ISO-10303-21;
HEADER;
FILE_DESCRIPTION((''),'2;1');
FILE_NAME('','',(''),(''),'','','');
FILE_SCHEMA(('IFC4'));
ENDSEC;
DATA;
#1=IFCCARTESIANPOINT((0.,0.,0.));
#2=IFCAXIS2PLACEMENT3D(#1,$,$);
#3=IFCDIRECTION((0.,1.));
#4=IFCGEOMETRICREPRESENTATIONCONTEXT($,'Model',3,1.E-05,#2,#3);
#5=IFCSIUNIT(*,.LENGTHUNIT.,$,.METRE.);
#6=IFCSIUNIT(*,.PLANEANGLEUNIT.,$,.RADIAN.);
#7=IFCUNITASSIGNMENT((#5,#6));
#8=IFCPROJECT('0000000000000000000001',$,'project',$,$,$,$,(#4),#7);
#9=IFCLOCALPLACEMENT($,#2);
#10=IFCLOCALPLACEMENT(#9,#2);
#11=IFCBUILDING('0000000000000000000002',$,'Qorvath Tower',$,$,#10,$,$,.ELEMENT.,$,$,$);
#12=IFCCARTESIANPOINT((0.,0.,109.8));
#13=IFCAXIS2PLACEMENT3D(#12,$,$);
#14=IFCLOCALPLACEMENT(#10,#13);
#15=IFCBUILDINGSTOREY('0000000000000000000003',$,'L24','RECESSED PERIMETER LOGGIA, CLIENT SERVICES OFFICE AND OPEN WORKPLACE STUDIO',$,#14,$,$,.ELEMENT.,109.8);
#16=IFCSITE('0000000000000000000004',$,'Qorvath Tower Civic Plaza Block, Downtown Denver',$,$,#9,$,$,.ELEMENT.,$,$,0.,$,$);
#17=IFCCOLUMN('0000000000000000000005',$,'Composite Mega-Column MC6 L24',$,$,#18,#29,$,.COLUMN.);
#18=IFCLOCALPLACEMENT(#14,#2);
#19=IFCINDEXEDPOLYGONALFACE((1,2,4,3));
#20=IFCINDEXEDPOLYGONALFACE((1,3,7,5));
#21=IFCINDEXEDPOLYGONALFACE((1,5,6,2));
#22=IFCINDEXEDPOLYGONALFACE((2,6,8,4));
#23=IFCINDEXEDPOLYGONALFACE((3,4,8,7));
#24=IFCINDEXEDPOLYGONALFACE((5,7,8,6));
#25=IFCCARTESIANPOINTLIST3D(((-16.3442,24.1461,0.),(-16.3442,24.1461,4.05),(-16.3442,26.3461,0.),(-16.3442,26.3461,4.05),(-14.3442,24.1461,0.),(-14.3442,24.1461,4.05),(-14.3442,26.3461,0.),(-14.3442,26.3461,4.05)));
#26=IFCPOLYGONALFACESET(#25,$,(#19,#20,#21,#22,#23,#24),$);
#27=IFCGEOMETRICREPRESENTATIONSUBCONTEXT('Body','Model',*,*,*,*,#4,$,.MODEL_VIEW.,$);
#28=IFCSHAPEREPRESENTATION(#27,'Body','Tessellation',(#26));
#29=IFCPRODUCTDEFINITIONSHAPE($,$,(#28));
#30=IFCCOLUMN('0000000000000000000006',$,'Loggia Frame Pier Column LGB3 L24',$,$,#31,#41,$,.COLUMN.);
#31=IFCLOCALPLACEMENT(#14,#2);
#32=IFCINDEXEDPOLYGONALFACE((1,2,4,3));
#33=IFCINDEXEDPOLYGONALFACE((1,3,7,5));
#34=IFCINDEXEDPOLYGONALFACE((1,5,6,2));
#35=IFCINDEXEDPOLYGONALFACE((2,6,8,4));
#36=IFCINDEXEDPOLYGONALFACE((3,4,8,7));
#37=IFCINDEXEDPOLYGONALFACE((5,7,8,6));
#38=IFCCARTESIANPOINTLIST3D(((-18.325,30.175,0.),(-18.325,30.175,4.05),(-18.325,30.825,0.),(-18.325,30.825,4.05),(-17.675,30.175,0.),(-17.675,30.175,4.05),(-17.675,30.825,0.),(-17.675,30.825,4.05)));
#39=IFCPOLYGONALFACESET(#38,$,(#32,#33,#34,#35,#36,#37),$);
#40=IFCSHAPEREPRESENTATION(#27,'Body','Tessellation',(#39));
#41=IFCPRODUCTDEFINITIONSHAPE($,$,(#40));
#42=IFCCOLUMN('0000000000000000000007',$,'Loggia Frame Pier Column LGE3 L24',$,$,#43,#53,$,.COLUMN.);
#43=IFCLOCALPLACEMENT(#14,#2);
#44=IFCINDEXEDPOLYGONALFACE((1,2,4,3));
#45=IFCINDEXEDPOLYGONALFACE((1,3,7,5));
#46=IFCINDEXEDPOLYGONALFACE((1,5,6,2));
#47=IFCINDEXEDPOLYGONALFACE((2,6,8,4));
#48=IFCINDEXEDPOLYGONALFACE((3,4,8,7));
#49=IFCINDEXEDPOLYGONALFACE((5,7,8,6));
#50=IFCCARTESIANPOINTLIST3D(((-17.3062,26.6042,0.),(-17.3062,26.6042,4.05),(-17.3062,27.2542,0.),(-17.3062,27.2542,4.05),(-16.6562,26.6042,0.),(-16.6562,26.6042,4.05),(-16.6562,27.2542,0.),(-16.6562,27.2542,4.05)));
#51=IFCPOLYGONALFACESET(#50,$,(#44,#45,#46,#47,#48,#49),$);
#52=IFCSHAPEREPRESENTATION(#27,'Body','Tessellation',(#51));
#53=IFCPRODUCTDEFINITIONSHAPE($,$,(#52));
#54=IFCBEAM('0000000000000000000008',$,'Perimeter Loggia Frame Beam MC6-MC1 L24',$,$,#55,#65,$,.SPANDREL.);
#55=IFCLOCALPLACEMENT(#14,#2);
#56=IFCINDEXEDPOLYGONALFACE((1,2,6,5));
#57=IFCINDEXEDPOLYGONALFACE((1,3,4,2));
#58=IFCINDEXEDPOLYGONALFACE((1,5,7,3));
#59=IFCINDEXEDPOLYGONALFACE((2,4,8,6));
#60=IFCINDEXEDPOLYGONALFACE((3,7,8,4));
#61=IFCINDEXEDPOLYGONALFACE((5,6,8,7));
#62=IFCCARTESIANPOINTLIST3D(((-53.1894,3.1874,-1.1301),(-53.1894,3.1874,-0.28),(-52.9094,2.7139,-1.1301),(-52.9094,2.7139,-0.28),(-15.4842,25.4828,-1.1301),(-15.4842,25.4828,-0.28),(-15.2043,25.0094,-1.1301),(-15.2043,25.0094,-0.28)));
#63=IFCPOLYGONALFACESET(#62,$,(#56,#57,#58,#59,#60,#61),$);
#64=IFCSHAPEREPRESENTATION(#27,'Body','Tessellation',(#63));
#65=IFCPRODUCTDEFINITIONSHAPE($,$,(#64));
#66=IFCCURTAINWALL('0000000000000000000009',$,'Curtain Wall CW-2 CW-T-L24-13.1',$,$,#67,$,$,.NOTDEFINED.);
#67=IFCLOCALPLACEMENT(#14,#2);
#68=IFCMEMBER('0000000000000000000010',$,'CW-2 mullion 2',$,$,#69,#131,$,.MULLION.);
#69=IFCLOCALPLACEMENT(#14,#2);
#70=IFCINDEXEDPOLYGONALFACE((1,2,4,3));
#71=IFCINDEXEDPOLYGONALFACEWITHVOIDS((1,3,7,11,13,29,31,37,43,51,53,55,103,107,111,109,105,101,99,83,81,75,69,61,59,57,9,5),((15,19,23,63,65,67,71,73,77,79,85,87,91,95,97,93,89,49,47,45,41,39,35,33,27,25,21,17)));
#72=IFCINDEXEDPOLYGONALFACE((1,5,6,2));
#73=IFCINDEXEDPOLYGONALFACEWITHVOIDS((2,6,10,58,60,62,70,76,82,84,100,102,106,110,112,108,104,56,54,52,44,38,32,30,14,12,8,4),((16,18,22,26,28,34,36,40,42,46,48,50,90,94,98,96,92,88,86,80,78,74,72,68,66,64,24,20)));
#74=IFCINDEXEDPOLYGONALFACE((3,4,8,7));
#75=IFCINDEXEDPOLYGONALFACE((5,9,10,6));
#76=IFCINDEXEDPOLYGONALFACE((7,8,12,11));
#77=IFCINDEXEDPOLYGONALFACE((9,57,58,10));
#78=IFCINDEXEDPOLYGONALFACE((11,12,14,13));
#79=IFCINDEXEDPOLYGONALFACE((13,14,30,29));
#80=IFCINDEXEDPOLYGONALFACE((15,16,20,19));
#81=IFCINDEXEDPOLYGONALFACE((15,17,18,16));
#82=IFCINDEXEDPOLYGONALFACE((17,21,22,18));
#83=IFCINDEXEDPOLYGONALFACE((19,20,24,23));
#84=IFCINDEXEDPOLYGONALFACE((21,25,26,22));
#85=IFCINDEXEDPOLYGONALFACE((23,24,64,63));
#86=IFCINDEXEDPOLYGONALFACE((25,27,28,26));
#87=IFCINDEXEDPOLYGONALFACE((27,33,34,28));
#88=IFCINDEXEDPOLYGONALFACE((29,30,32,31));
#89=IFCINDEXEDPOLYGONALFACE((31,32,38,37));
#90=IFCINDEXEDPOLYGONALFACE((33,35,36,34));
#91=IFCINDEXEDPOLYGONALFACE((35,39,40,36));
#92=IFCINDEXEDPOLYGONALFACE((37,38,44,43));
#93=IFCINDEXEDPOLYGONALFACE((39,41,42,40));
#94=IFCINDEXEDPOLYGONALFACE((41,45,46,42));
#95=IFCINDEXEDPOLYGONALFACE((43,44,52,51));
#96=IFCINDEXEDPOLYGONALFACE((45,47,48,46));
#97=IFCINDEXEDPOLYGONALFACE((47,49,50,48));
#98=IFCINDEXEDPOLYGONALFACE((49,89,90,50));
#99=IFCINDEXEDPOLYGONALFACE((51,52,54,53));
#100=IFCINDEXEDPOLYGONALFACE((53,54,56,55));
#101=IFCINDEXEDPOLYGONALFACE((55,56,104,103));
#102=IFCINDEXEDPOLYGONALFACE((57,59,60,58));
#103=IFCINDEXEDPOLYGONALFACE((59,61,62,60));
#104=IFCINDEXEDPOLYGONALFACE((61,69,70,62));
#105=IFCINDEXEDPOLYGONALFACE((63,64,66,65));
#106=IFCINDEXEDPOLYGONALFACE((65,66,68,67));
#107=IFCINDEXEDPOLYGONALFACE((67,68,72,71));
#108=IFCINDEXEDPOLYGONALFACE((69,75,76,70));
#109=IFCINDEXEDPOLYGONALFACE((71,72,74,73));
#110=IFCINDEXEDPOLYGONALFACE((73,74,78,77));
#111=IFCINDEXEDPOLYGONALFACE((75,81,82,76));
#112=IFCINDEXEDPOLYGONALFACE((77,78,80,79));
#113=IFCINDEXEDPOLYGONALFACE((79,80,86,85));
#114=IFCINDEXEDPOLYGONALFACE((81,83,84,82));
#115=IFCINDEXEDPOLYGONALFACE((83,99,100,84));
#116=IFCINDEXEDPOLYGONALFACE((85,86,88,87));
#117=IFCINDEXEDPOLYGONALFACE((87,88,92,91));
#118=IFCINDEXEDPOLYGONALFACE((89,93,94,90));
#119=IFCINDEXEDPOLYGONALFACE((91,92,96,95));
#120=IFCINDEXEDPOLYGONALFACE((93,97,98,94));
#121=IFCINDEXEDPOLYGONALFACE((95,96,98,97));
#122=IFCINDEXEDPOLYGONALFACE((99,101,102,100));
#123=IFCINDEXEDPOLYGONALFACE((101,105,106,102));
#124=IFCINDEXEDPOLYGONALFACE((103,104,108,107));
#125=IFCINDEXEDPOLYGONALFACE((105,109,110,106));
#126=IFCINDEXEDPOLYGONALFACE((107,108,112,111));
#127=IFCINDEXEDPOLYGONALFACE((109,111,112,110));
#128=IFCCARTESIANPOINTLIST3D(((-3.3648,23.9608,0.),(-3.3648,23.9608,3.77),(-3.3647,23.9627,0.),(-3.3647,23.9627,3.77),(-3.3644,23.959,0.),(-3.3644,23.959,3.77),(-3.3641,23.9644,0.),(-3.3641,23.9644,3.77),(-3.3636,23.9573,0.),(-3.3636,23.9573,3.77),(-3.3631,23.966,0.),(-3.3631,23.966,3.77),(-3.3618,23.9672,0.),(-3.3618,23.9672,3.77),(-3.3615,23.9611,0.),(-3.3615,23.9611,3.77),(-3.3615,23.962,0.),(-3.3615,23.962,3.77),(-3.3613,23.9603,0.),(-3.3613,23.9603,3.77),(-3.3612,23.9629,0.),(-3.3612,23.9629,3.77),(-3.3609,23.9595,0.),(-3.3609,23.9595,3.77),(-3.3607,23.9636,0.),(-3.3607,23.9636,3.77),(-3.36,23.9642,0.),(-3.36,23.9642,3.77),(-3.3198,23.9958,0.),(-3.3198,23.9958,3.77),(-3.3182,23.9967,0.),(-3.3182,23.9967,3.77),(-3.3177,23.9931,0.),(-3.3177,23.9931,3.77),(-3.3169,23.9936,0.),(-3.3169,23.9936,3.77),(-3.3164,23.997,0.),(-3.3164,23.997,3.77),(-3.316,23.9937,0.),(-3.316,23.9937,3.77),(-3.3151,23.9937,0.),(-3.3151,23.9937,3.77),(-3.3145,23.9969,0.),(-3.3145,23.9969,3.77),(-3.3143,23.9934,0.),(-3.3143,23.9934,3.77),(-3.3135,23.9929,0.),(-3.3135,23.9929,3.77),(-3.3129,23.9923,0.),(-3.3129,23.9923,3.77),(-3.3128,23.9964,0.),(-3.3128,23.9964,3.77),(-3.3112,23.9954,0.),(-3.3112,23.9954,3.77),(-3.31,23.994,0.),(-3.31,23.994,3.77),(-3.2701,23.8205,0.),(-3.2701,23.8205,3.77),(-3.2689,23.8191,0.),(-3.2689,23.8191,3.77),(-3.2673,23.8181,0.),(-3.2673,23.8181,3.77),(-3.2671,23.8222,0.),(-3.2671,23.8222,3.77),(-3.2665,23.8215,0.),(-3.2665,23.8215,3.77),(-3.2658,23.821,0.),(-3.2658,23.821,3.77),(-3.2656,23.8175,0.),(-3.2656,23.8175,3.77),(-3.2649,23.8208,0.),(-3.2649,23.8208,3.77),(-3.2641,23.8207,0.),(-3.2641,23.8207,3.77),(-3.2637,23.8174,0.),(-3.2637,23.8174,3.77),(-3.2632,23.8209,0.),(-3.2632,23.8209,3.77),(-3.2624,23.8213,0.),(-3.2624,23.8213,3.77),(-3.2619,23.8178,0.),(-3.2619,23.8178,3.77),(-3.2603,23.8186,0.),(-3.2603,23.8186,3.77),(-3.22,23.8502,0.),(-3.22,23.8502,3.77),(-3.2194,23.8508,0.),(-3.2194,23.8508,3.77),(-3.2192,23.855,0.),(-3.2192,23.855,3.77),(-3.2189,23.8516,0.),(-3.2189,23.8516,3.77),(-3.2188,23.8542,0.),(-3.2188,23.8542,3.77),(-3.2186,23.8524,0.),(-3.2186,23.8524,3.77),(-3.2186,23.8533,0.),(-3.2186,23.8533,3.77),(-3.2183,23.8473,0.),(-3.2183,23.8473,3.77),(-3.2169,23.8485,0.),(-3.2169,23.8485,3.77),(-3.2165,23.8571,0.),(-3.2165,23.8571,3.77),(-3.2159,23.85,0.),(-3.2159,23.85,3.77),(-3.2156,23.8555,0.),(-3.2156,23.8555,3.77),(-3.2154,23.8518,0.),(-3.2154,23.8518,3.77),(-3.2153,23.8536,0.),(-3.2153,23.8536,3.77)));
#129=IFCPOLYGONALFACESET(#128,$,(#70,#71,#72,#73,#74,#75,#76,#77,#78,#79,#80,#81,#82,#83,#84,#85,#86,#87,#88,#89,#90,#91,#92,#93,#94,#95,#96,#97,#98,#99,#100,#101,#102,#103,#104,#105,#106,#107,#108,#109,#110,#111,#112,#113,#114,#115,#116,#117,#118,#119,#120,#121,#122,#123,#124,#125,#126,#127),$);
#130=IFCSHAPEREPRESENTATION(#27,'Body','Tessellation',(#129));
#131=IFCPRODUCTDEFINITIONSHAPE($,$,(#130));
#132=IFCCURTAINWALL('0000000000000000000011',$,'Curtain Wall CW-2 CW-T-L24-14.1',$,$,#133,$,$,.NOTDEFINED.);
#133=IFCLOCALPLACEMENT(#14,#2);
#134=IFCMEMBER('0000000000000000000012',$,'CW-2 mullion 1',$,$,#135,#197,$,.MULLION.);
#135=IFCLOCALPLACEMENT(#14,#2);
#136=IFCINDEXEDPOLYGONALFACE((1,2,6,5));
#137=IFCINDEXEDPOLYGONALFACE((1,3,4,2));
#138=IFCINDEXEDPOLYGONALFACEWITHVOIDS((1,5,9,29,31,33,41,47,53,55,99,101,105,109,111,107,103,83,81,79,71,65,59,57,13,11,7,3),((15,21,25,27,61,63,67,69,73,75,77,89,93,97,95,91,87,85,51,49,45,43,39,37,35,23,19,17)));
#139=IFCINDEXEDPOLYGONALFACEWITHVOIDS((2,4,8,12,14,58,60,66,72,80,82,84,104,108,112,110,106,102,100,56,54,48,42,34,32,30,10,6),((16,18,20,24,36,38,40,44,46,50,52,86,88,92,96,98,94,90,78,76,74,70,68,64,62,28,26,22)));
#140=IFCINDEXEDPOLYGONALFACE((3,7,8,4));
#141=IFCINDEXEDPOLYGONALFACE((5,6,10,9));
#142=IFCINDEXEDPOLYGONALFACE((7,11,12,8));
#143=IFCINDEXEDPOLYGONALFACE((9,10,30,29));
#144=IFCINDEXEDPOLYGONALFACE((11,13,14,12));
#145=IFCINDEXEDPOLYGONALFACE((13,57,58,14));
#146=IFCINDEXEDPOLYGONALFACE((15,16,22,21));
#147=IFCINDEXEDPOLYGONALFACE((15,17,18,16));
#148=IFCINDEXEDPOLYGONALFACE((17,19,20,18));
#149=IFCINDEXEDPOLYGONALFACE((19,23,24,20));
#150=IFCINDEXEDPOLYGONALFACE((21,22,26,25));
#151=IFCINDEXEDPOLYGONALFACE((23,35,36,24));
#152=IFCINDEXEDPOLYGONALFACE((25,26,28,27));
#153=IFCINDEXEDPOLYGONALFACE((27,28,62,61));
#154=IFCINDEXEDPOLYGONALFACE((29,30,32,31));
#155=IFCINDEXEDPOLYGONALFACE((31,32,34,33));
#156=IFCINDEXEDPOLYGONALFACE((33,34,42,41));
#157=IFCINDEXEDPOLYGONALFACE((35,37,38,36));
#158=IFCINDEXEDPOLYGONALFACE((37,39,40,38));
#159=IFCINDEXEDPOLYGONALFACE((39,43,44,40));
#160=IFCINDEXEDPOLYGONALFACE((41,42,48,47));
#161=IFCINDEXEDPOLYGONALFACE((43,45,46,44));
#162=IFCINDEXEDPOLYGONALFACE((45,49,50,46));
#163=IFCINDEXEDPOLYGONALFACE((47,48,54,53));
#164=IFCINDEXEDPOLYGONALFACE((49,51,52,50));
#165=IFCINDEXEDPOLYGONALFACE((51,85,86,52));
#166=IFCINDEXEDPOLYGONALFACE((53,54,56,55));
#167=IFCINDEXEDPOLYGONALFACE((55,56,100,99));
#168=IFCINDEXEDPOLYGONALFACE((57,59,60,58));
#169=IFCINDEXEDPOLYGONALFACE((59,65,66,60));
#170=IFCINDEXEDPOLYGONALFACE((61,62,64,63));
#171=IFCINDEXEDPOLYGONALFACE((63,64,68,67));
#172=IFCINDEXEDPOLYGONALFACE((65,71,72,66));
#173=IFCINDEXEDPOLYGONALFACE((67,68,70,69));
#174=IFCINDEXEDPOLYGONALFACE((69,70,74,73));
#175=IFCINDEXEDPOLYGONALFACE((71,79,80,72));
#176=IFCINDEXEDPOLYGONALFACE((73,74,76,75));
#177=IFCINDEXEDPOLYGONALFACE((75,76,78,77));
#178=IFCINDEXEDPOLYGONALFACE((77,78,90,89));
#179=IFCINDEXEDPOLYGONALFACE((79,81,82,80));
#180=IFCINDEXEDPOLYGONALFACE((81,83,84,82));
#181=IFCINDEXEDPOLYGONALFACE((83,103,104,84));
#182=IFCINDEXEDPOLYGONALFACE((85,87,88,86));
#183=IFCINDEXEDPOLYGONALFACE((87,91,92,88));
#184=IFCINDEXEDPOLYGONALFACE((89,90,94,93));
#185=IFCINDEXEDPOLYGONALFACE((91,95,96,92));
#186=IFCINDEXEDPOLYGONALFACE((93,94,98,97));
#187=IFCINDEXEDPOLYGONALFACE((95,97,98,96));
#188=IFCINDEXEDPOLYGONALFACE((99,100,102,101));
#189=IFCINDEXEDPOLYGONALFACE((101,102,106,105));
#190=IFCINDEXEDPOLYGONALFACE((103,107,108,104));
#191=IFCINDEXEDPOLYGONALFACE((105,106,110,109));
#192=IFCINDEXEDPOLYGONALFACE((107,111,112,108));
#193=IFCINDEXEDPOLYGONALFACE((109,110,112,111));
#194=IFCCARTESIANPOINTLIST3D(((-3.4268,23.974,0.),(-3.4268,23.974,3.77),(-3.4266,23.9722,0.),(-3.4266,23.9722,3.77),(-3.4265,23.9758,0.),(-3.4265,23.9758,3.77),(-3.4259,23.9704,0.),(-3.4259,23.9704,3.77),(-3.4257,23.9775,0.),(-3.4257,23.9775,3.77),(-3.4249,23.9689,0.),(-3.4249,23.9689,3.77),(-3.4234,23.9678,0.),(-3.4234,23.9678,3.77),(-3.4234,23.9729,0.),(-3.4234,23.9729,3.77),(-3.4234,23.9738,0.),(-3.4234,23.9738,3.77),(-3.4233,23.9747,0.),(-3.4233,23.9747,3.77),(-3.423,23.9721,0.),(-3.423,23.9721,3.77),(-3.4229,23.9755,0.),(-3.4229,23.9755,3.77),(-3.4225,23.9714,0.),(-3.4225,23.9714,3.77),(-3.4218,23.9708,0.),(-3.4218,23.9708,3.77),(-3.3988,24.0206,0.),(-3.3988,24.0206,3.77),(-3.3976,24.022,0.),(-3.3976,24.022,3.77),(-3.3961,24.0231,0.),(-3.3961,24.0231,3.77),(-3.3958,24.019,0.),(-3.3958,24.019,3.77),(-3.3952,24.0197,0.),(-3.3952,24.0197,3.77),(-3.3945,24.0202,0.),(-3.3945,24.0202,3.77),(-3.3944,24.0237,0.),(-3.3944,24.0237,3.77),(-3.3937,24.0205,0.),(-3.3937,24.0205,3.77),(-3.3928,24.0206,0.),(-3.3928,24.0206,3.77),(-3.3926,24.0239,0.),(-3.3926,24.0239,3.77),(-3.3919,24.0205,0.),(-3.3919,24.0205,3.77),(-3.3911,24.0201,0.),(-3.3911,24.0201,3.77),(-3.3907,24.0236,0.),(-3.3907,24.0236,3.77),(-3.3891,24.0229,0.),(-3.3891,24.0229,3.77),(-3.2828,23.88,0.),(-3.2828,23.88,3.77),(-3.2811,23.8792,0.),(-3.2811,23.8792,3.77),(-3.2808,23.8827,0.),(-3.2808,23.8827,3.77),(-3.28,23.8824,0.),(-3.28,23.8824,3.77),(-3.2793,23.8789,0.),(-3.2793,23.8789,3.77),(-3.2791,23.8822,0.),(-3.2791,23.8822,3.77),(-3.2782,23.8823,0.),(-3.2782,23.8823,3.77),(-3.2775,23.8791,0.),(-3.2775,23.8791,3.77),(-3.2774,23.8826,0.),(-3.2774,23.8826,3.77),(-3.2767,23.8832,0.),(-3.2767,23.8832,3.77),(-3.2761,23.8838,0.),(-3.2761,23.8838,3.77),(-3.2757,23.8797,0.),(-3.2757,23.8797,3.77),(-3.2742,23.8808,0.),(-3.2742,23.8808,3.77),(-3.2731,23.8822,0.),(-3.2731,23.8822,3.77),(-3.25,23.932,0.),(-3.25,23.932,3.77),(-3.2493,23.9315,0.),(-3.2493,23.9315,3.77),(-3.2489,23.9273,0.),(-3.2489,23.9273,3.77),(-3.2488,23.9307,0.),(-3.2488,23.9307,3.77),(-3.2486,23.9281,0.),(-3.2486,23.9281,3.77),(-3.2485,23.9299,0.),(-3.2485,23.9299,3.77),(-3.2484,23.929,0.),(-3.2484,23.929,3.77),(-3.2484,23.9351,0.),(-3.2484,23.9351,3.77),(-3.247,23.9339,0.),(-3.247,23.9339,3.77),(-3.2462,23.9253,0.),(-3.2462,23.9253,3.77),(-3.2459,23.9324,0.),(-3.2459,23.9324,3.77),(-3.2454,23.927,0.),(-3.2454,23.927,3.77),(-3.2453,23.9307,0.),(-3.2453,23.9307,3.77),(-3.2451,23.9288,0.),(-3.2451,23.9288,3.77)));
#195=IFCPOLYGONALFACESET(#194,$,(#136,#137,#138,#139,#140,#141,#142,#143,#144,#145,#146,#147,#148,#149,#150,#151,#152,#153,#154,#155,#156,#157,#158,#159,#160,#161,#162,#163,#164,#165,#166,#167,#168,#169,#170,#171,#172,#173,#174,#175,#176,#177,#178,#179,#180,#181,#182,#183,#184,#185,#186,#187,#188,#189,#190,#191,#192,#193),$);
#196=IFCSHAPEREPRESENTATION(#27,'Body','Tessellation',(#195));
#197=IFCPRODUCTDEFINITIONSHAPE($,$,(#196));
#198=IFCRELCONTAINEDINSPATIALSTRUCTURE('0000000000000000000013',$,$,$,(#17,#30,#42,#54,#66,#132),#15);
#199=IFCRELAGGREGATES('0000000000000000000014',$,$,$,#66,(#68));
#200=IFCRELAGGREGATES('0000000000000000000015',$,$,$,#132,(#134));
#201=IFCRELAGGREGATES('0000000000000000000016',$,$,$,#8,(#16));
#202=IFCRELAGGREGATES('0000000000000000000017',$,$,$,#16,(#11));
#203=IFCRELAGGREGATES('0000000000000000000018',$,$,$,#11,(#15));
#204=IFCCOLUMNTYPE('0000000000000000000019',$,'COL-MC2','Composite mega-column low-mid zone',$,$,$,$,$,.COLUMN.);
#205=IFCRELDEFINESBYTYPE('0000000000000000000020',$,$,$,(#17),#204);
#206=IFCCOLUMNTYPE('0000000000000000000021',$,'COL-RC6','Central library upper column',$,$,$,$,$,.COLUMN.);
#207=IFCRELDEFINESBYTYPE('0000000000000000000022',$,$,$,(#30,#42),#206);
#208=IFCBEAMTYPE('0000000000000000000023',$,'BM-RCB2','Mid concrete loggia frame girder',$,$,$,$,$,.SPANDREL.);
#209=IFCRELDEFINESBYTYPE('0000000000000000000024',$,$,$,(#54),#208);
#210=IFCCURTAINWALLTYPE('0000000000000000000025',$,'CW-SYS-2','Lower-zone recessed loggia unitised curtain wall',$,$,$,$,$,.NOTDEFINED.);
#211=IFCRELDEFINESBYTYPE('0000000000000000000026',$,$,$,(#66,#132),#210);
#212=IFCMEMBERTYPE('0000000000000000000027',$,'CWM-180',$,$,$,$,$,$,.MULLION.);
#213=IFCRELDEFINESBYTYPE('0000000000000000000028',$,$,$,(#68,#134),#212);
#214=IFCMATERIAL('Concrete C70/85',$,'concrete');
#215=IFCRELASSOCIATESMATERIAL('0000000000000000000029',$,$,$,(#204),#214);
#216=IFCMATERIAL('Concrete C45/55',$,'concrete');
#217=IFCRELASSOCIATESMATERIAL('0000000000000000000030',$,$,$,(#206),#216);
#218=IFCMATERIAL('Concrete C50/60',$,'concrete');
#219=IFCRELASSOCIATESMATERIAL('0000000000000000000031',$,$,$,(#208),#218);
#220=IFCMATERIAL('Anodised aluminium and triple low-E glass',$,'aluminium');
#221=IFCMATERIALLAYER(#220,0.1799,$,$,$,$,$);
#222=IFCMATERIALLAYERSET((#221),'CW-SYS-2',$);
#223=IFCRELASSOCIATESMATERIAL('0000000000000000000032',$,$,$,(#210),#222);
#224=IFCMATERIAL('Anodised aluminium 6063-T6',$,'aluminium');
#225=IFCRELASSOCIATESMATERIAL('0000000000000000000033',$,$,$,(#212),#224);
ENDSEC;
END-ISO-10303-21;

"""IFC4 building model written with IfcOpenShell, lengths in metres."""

from ifc_helpers import new_model, si_unit, direction, frame, origin, origin_2d, place, context, subcontext, project, spatial, rectangle, hollow_rectangle, extrude, material, layer, layer_set, material_profile, profile_set, type_object, element, aggregate, save


model = new_model("IFC4")

# Units and contexts
model_context = context("Model", 3, precision=1e-05, world=origin(), true_north=direction((0.0, 1.0)))
body_context = subcontext(model_context, "Body", "Model", "MODEL_VIEW")
ifc_project = project(units=[si_unit("LENGTHUNIT", "METRE"), si_unit("PLANEANGLEUNIT", "RADIAN")], contexts=[model_context])

# Site, building, storey
site_placement = place(None, origin())
site = spatial("IfcSite", under=ifc_project, at=site_placement, Name="Qorvath Tower Civic Plaza Block, Downtown Denver", CompositionType="ELEMENT", RefElevation=0.0)
building_placement = place(site_placement, origin())
building = spatial("IfcBuilding", under=site, at=building_placement, Name="Qorvath Tower", CompositionType="ELEMENT")
storey_placement = place(building_placement, frame((0.0, 0.0, 109.8)))
storey = spatial("IfcBuildingStorey", under=building, at=storey_placement, Name="L24", Description="RECESSED PERIMETER LOGGIA, CLIENT SERVICES OFFICE AND OPEN WORKPLACE STUDIO", CompositionType="ELEMENT", Elevation=109.8)

# Columns
ifc_material_1 = material(Name="Concrete C70/85", Category="concrete")
ifc_material_profile_1 = material_profile(ifc_material_1, rectangle(XDim=2.0, YDim=2.2, at=origin_2d()), Name="MC 2200x2000")
ifc_profile_set_1 = profile_set([ifc_material_profile_1], Name="Concrete C70/85")
column_type_1 = type_object("IfcColumnType", Name="COL-MC2", Description="Composite mega-column low-mid zone", PredefinedType="COLUMN", material=ifc_profile_set_1)
column_placement = place(storey_placement, frame((-15.3442, 25.2461, 0.0), z_axis=(0.0, 0.0, 1.0), x_axis=(1.0, 0.0, 0.0)))
element("IfcColumn", 1, at=column_placement, inside=storey, type_object=column_type_1, Name="Composite Mega-Column MC6 L24", PredefinedType="COLUMN", context=body_context, shape_type="SweptSolid", body=[
    extrude(rectangle(XDim=2.0, YDim=2.2, at=origin_2d()), origin(), (0.0, 0.0, 1.0), 4.05),
])
ifc_material_2 = material(Name="Concrete C45/55", Category="concrete")
ifc_material_profile_2 = material_profile(ifc_material_2, rectangle(XDim=0.6499, YDim=0.6499, at=origin_2d()), Name="RC 650x650")
ifc_profile_set_2 = profile_set([ifc_material_profile_2], Name="Concrete C45/55")
column_type_2 = type_object("IfcColumnType", Name="COL-RC6", Description="Central library upper column", PredefinedType="COLUMN", material=ifc_profile_set_2)
for number, where, z_axis, x_axis, name in (
    (2, (-18.0, 30.5, 0.0), (0.0, 0.0, 1.0), (1.0, 0.0, 0.0), "Loggia Frame Pier Column LGB3 L24"),
    (3, (-16.9812, 26.9292, 0.0), (0.0, 0.0, 1.0), (1.0, 0.0, 0.0), "Loggia Frame Pier Column LGE3 L24"),
):
    element("IfcColumn", number, at=place(storey_placement, frame(where, z_axis=z_axis, x_axis=x_axis)), inside=storey, type_object=column_type_2, Name=name, PredefinedType="COLUMN", context=body_context, shape_type="SweptSolid", body=[
        extrude(rectangle(XDim=0.6499, YDim=0.6499, at=origin_2d()), origin(), (0.0, 0.0, 1.0), 4.05),
    ])

# Beam
ifc_material_3 = material(Name="Concrete C50/60", Category="concrete")
ifc_material_profile_3 = material_profile(ifc_material_3, rectangle(XDim=0.55, YDim=0.8501, at=origin_2d()), Name="RCB 850x550")
ifc_profile_set_3 = profile_set([ifc_material_profile_3], Name="Concrete C50/60")
beam_type = type_object("IfcBeamType", Name="BM-RCB2", Description="Mid concrete loggia frame girder", PredefinedType="SPANDREL", material=ifc_profile_set_3)
beam_placement = place(storey_placement, frame((-15.3442, 25.2461, -0.7051), z_axis=(-0.860775, -0.508985, 0.0), x_axis=(0.508985, -0.860775, 0.0)))
element("IfcBeam", 4, at=beam_placement, inside=storey, type_object=beam_type, Name="Perimeter Loggia Frame Beam MC6-MC1 L24", PredefinedType="SPANDREL", context=body_context, shape_type="SweptSolid", body=[
    extrude(rectangle(XDim=0.55, YDim=0.8501, at=origin_2d()), origin(), (0.0, 0.0, 1.0), 43.8037),
])

# Curtain wall, member
ifc_material_4 = material(Name="Anodised aluminium and triple low-E glass", Category="aluminium")
ifc_layer_1 = layer(ifc_material_4, 0.1799)
ifc_layer_set_1 = layer_set([ifc_layer_1], Name="CW-SYS-2")
curtain_wall_type = type_object("IfcCurtainWallType", Name="CW-SYS-2", Description="Lower-zone recessed loggia unitised curtain wall", PredefinedType="NOTDEFINED", material=ifc_layer_set_1)
curtain_wall_1_placement = place(storey_placement, origin())
curtain_wall_1 = element("IfcCurtainWall", 5, at=curtain_wall_1_placement, inside=storey, type_object=curtain_wall_type, Name="Curtain Wall CW-2 CW-T-L24-13.1", PredefinedType="NOTDEFINED")
ifc_material_5 = material(Name="Anodised aluminium 6063-T6", Category="aluminium")
ifc_material_profile_4 = material_profile(ifc_material_5, hollow_rectangle(XDim=0.0649, YDim=0.1799, WallThickness=0.0034, InnerFilletRadius=0.0034, OuterFilletRadius=0.0071, at=origin_2d()), Name="CWM 180x65")
ifc_profile_set_4 = profile_set([ifc_material_profile_4], Name="Anodised aluminium 6063-T6")
member_type_1 = type_object("IfcMemberType", Name="CWM-180", PredefinedType="MULLION", material=ifc_profile_set_4)
member_1_placement = place(storey_placement, frame((-3.29, 23.9072, 0.0), z_axis=(0.0, 0.0, 1.0), x_axis=(-0.825695, -0.564117, 0.0)))
member_1 = element("IfcMember", 6, at=member_1_placement, type_object=member_type_1, Name="CW-2 mullion 2", PredefinedType="MULLION", context=body_context, shape_type="SweptSolid", body=[
    extrude(hollow_rectangle(XDim=0.0649, YDim=0.1799, WallThickness=0.0034, InnerFilletRadius=0.0034, OuterFilletRadius=0.0071, at=origin_2d()), origin(), (0.0, 0.0, 1.0), 3.77),
])

# Curtain wall, member
curtain_wall_2_placement = place(storey_placement, origin())
curtain_wall_2 = element("IfcCurtainWall", 7, at=curtain_wall_2_placement, inside=storey, type_object=curtain_wall_type, Name="Curtain Wall CW-2 CW-T-L24-14.1", PredefinedType="NOTDEFINED")
member_2_placement = place(storey_placement, frame((-3.3359, 23.9514, 0.0), z_axis=(0.0, 0.0, 1.0), x_axis=(-0.529549, -0.84828, 0.0)))
member_2 = element("IfcMember", 8, at=member_2_placement, type_object=member_type_1, Name="CW-2 mullion 1", PredefinedType="MULLION", context=body_context, shape_type="SweptSolid", body=[
    extrude(hollow_rectangle(XDim=0.0649, YDim=0.1799, WallThickness=0.0034, InnerFilletRadius=0.0034, OuterFilletRadius=0.0071, at=origin_2d()), origin(), (0.0, 0.0, 1.0), 3.77),
])

aggregate(curtain_wall_1, [member_1])
aggregate(curtain_wall_2, [member_2])

save(model, "model.ifc")
